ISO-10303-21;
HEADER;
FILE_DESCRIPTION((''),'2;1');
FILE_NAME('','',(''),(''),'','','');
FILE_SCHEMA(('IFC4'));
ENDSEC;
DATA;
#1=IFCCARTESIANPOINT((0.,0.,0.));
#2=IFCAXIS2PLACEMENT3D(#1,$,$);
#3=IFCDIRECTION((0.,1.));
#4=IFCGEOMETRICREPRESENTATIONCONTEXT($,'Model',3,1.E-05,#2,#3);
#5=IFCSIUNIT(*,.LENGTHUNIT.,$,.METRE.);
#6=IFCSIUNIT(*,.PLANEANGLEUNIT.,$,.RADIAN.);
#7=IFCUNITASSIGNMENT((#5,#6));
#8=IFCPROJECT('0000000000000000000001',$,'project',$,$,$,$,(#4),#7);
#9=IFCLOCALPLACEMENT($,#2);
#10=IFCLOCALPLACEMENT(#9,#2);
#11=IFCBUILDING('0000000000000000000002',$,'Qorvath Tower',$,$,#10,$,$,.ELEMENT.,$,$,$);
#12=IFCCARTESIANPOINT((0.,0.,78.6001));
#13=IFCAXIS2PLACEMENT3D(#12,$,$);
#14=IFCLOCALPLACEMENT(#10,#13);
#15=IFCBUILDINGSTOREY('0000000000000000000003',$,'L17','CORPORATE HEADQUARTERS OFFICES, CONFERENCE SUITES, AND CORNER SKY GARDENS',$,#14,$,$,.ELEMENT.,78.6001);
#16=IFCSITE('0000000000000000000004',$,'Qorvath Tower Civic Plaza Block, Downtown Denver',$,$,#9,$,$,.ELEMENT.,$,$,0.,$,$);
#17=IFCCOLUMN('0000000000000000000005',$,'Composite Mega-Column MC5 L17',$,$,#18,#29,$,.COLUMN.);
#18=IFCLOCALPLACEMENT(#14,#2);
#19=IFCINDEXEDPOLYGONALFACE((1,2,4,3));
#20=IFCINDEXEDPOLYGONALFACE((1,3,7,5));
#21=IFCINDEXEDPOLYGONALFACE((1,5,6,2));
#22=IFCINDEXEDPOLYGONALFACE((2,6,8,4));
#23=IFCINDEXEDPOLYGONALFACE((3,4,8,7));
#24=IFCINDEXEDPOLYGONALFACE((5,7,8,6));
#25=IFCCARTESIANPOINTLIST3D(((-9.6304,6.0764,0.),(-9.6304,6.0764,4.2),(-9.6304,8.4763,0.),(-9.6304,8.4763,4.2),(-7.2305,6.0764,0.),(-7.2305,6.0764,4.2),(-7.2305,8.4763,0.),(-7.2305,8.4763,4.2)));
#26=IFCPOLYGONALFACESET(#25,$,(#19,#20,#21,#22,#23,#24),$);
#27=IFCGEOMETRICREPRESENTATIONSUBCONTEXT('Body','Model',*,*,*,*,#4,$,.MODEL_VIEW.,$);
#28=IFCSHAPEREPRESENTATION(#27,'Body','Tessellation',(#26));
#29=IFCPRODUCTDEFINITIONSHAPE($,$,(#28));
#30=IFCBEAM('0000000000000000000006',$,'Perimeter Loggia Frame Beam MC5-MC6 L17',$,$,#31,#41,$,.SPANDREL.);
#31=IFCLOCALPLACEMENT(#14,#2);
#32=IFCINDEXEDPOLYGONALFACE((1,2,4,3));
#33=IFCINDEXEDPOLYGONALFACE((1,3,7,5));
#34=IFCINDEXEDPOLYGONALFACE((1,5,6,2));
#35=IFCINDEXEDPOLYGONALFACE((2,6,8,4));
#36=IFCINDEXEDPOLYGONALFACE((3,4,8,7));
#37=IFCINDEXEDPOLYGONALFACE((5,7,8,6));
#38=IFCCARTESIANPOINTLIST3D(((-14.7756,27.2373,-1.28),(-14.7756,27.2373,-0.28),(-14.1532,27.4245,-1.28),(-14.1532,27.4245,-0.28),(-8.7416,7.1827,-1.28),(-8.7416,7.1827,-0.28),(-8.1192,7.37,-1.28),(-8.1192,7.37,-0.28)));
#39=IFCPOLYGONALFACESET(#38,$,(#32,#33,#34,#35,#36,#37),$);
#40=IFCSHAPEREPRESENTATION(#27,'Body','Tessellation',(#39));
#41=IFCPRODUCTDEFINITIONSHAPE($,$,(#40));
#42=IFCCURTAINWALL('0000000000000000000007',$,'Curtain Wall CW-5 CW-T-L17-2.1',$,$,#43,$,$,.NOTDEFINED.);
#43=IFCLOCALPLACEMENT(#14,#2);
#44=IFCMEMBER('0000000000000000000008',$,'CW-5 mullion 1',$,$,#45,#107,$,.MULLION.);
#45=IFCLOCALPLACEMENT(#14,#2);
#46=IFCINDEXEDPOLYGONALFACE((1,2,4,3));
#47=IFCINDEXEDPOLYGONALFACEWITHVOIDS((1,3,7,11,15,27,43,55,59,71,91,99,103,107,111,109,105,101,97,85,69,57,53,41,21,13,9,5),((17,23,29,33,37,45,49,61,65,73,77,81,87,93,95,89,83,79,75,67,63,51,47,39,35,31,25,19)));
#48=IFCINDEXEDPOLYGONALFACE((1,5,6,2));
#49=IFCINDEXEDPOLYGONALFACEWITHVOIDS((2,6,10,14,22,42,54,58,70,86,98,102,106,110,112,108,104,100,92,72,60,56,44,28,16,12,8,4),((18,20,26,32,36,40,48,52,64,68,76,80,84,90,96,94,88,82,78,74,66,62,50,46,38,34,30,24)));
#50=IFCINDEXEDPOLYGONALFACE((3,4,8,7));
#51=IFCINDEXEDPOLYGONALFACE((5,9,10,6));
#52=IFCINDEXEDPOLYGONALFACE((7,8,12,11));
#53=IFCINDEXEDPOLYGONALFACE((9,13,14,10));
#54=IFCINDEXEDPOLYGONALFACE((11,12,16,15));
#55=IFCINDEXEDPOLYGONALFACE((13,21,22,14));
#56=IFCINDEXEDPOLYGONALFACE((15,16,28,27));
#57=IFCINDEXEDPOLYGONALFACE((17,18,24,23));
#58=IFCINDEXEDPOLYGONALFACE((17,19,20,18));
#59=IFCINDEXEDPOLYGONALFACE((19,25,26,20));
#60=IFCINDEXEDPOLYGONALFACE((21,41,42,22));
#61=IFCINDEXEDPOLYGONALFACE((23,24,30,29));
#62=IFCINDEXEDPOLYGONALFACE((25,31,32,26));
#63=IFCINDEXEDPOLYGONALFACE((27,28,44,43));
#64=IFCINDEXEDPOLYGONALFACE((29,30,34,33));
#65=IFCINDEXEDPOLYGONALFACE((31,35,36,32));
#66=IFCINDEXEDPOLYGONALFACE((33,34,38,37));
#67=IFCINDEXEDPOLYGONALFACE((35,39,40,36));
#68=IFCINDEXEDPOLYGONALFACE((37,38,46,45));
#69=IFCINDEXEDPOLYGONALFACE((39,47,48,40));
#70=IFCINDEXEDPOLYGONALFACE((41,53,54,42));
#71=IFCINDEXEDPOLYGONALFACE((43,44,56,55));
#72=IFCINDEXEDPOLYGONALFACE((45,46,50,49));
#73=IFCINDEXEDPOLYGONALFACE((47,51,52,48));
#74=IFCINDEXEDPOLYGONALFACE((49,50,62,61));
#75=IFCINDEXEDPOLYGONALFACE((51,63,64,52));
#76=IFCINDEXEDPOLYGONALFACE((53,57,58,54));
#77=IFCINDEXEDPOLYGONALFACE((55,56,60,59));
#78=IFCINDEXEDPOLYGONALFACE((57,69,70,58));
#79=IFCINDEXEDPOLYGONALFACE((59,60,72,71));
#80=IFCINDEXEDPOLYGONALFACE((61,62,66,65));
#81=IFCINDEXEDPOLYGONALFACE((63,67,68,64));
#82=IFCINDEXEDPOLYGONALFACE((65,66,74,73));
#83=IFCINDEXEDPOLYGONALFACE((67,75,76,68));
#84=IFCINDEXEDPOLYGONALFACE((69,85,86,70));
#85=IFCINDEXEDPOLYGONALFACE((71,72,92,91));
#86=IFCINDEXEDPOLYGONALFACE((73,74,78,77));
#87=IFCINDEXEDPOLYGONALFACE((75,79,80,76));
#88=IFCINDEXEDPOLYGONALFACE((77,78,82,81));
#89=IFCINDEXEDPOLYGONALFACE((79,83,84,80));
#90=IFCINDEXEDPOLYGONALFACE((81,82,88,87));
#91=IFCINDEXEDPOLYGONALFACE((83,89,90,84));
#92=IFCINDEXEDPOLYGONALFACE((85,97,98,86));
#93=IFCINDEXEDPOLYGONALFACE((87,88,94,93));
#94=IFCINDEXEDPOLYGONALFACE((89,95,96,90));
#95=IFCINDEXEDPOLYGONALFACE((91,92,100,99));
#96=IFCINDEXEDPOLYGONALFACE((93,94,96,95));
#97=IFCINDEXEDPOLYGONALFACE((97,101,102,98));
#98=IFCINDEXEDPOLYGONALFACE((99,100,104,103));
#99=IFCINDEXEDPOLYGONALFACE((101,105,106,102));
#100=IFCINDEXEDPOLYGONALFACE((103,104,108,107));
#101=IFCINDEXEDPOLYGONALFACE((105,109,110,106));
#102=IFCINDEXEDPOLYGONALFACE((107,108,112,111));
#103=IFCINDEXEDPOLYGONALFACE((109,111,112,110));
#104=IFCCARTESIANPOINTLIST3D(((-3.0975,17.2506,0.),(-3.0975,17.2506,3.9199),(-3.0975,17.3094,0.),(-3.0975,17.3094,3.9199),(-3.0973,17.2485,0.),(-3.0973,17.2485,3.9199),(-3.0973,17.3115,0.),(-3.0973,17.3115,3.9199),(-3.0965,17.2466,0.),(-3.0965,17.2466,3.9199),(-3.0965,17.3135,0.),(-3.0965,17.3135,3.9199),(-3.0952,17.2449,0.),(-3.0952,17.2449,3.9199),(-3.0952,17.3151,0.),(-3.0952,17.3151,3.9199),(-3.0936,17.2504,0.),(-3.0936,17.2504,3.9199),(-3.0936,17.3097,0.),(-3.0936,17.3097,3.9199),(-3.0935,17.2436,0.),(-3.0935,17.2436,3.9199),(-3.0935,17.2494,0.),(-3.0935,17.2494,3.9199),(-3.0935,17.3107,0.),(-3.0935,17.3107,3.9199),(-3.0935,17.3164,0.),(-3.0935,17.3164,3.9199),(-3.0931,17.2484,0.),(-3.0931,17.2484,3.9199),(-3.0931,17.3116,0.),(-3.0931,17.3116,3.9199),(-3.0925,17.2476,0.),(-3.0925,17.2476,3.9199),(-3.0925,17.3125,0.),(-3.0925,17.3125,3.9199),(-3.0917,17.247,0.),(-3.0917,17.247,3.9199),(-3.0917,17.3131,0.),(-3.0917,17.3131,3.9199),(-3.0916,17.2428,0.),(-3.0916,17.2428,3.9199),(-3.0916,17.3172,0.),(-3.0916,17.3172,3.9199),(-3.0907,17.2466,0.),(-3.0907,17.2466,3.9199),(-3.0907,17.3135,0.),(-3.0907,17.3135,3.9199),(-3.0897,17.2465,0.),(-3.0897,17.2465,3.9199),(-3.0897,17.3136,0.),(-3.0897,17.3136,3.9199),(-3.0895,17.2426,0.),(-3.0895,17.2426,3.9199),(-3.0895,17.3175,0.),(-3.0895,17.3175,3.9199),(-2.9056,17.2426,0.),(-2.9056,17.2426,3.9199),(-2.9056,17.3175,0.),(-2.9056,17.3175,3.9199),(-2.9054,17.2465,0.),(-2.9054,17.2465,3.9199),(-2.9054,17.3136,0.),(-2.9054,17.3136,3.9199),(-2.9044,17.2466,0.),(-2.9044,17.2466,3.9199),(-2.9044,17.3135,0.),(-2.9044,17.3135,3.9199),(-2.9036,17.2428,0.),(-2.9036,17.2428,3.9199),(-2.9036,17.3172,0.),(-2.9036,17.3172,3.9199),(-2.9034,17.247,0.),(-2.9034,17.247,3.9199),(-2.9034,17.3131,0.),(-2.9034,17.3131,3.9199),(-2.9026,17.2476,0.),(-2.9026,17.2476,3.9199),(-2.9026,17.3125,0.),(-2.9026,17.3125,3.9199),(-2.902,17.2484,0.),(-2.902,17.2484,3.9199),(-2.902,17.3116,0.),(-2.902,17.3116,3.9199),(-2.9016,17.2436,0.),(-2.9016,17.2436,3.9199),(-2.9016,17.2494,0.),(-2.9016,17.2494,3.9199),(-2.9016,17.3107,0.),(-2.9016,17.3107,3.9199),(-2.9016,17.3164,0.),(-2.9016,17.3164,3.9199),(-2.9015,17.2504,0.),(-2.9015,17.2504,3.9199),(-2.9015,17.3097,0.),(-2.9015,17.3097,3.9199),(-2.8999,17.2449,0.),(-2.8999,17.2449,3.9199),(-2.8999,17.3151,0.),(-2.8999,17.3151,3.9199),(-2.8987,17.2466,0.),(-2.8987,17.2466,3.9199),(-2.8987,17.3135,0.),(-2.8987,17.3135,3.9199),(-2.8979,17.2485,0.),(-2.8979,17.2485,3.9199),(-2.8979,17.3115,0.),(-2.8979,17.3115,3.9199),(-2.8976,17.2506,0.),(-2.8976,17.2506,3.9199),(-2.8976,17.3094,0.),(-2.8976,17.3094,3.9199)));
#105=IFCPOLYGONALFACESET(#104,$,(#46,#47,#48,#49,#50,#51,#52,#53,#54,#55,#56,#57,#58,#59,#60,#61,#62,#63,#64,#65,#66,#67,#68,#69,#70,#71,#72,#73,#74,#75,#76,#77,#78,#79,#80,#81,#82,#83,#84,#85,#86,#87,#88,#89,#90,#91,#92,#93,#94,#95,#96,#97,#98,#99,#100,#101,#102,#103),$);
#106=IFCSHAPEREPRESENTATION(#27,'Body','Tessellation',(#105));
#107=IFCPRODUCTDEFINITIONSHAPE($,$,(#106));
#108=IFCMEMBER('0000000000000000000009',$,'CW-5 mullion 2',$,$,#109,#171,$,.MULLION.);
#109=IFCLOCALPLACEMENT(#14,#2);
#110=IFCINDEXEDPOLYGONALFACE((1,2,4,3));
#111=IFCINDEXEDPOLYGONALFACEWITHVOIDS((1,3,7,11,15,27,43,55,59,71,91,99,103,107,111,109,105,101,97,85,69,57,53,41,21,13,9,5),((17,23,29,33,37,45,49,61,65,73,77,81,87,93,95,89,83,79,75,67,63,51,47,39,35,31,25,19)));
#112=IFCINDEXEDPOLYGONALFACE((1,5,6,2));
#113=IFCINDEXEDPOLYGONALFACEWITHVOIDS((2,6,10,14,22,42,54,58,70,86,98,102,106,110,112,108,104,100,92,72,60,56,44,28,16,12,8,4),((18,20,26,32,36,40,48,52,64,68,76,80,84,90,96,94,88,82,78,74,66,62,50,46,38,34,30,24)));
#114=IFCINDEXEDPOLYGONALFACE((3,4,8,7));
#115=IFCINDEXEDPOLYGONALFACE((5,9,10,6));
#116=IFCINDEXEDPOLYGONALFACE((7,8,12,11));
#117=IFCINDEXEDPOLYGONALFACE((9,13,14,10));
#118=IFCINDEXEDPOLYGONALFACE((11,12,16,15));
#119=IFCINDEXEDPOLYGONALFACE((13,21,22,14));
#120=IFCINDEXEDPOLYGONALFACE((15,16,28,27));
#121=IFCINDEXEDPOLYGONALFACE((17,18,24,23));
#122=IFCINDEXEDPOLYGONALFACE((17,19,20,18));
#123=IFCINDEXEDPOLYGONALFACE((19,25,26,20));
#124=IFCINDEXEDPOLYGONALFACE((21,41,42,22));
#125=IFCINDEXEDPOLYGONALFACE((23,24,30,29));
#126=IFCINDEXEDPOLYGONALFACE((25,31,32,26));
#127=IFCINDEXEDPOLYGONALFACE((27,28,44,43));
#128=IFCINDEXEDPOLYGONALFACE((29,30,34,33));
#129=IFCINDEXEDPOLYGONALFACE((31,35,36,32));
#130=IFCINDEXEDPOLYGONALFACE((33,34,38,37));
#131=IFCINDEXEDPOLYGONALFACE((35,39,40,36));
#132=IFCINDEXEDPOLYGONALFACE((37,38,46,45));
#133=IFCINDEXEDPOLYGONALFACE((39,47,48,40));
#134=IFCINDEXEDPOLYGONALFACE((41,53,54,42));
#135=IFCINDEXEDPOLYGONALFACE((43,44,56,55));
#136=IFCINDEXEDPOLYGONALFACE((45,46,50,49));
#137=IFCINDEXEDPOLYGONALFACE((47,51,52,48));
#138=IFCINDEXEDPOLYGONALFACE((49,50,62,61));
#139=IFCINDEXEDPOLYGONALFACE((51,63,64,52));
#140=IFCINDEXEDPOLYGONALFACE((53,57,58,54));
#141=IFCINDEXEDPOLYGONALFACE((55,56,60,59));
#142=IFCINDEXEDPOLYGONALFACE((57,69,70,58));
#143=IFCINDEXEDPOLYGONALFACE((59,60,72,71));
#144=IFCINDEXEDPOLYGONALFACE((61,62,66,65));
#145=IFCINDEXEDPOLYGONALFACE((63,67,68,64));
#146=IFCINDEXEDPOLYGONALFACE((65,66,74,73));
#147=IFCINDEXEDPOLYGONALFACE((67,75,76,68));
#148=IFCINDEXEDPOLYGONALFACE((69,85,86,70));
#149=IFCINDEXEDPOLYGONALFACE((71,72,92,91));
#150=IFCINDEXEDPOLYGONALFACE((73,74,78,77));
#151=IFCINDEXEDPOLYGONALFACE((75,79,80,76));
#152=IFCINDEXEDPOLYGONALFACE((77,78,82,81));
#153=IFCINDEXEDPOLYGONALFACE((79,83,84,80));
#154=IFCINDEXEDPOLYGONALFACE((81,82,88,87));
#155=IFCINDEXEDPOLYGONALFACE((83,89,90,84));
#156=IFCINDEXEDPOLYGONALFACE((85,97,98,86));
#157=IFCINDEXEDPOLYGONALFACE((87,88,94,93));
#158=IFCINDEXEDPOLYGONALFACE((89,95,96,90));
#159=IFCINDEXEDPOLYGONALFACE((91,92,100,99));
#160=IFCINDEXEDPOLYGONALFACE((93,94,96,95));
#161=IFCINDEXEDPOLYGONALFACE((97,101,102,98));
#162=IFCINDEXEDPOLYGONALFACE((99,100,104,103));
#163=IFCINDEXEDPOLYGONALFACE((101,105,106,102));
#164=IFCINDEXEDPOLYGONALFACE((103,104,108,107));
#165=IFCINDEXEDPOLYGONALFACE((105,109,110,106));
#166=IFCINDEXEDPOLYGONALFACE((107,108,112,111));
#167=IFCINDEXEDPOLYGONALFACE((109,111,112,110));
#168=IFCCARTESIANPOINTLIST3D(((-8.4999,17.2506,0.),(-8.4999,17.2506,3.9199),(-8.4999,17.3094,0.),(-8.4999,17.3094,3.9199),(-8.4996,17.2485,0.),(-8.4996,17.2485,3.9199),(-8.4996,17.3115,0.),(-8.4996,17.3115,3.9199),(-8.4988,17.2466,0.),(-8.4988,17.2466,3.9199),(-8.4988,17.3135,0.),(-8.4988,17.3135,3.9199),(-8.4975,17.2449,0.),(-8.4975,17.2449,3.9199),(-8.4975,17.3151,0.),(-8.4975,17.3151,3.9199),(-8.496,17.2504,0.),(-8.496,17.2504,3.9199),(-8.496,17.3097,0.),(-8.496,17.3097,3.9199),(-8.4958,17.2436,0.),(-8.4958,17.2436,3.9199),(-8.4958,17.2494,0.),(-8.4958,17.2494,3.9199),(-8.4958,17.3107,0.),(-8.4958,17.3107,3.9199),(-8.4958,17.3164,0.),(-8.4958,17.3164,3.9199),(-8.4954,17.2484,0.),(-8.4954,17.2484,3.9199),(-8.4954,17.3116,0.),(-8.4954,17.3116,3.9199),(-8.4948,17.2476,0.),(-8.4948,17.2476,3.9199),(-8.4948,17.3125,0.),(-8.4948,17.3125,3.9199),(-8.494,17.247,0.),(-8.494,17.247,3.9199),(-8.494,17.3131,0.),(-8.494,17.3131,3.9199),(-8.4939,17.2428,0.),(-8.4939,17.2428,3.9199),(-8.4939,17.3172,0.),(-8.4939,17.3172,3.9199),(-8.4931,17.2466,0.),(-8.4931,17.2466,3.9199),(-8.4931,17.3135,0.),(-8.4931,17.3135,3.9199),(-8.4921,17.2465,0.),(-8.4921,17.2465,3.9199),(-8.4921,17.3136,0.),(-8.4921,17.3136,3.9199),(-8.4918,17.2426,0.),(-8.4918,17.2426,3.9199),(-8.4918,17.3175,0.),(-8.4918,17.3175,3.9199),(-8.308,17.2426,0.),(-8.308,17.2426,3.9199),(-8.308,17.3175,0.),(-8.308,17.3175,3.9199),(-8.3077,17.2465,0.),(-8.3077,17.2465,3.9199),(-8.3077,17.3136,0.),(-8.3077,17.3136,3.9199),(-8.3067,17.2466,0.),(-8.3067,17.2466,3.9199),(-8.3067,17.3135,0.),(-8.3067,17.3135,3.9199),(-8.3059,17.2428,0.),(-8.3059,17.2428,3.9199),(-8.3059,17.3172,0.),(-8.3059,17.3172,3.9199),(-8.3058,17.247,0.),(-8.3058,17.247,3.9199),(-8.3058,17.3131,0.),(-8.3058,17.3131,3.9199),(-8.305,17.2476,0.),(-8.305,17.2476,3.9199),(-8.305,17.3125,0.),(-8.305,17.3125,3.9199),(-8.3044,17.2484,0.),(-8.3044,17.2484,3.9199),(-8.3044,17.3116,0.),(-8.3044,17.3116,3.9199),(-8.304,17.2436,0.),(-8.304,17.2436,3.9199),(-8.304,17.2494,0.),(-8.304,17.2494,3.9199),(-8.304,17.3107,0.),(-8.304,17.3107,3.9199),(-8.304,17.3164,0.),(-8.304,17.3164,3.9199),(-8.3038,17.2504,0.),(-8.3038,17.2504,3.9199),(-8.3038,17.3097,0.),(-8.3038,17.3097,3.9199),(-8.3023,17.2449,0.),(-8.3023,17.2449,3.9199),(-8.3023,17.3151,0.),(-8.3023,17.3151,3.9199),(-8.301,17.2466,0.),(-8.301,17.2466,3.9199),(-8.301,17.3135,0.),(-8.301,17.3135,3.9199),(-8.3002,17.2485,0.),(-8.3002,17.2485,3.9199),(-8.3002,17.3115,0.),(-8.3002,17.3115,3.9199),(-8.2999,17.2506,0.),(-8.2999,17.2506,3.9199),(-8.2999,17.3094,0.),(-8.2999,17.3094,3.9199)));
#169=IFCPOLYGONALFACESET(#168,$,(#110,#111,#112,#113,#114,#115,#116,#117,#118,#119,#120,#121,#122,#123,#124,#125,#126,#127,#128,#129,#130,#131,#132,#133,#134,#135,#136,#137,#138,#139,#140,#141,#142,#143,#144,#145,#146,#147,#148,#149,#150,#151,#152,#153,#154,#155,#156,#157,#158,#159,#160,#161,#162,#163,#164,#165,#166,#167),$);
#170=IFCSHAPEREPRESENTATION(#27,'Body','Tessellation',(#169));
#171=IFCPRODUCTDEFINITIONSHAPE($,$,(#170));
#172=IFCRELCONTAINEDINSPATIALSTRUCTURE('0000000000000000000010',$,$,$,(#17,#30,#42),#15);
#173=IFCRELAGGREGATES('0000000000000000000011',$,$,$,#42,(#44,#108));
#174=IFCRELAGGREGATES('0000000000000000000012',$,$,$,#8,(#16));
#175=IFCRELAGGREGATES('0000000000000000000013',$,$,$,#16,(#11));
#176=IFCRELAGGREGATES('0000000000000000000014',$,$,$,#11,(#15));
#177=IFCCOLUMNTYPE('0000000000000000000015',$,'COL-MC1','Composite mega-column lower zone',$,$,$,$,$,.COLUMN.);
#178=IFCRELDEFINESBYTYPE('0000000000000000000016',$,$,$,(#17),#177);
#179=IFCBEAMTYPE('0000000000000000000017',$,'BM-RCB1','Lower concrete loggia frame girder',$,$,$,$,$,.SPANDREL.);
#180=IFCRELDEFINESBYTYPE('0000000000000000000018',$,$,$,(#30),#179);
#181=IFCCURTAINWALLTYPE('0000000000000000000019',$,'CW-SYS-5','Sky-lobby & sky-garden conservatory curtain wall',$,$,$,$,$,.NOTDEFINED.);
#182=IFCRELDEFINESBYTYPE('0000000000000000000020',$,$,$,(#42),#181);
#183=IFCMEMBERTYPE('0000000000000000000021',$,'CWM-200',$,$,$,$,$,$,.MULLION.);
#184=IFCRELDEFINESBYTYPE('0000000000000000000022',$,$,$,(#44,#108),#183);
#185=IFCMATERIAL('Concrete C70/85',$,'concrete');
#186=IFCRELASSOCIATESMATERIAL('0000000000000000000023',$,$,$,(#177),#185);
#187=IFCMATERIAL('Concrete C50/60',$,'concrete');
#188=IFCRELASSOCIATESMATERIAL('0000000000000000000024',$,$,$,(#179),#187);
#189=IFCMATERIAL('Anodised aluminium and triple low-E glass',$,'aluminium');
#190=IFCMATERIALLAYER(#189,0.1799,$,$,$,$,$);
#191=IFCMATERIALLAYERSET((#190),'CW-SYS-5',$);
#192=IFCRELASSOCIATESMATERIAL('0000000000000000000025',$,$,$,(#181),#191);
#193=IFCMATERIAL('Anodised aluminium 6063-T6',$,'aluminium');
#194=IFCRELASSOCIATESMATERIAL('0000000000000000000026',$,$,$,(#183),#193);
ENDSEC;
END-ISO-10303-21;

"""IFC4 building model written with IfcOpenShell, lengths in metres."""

from ifc_helpers import new_model, si_unit, direction, frame, origin, origin_2d, place, context, subcontext, project, spatial, rectangle, hollow_rectangle, extrude, material, layer, layer_set, material_profile, profile_set, type_object, element, aggregate, save


model = new_model("IFC4")

# Units and contexts
model_context = context("Model", 3, precision=1e-05, world=origin(), true_north=direction((0.0, 1.0)))
body_context = subcontext(model_context, "Body", "Model", "MODEL_VIEW")
ifc_project = project(units=[si_unit("LENGTHUNIT", "METRE"), si_unit("PLANEANGLEUNIT", "RADIAN")], contexts=[model_context])

# Site, building, storey
site_placement = place(None, origin())
site = spatial("IfcSite", under=ifc_project, at=site_placement, Name="Qorvath Tower Civic Plaza Block, Downtown Denver", CompositionType="ELEMENT", RefElevation=0.0)
building_placement = place(site_placement, origin())
building = spatial("IfcBuilding", under=site, at=building_placement, Name="Qorvath Tower", CompositionType="ELEMENT")
storey_placement = place(building_placement, frame((0.0, 0.0, 78.6001)))
storey = spatial("IfcBuildingStorey", under=building, at=storey_placement, Name="L17", Description="CORPORATE HEADQUARTERS OFFICES, CONFERENCE SUITES, AND CORNER SKY GARDENS", CompositionType="ELEMENT", Elevation=78.6001)

# Column
ifc_material_1 = material(Name="Concrete C70/85", Category="concrete")
ifc_material_profile_1 = material_profile(ifc_material_1, rectangle(XDim=2.3999, YDim=2.3999, at=origin_2d()), Name="MC 2400x2400")
ifc_profile_set_1 = profile_set([ifc_material_profile_1], Name="Concrete C70/85")
column_type = type_object("IfcColumnType", Name="COL-MC1", Description="Composite mega-column lower zone", PredefinedType="COLUMN", material=ifc_profile_set_1)
column_placement = place(storey_placement, frame((-8.4304, 7.2764, 0.0), z_axis=(0.0, 0.0, 1.0), x_axis=(1.0, 0.0, 0.0)))
element("IfcColumn", 1, at=column_placement, inside=storey, type_object=column_type, Name="Composite Mega-Column MC5 L17", PredefinedType="COLUMN", context=body_context, shape_type="SweptSolid", body=[
    extrude(rectangle(XDim=2.3999, YDim=2.3999, at=origin_2d()), origin(), (0.0, 0.0, 1.0), 4.2),
])

# Beam
ifc_material_2 = material(Name="Concrete C50/60", Category="concrete")
ifc_material_profile_2 = material_profile(ifc_material_2, rectangle(XDim=0.6499, YDim=1.0, at=origin_2d()), Name="RCB 1000x650")
ifc_profile_set_2 = profile_set([ifc_material_profile_2], Name="Concrete C50/60")
beam_type = type_object("IfcBeamType", Name="BM-RCB1", Description="Lower concrete loggia frame girder", PredefinedType="SPANDREL", material=ifc_profile_set_2)
beam_placement = place(storey_placement, frame((-8.4304, 7.2764, -0.78), z_axis=(-0.288119, 0.957595, 0.0), x_axis=(-0.957595, -0.288119, 0.0)))
element("IfcBeam", 2, at=beam_placement, inside=storey, type_object=beam_type, Name="Perimeter Loggia Frame Beam MC5-MC6 L17", PredefinedType="SPANDREL", context=body_context, shape_type="SweptSolid", body=[
    extrude(rectangle(XDim=0.6499, YDim=1.0, at=origin_2d()), origin(), (0.0, 0.0, 1.0), 20.9426),
])

# Curtain wall, members
ifc_material_3 = material(Name="Anodised aluminium and triple low-E glass", Category="aluminium")
ifc_layer_1 = layer(ifc_material_3, 0.1799)
ifc_layer_set_1 = layer_set([ifc_layer_1], Name="CW-SYS-5")
curtain_wall_type = type_object("IfcCurtainWallType", Name="CW-SYS-5", Description="Sky-lobby & sky-garden conservatory curtain wall", PredefinedType="NOTDEFINED", material=ifc_layer_set_1)
curtain_wall_1_placement = place(storey_placement, origin())
curtain_wall_1 = element("IfcCurtainWall", 3, at=curtain_wall_1_placement, inside=storey, type_object=curtain_wall_type, Name="Curtain Wall CW-5 CW-T-L17-2.1", PredefinedType="NOTDEFINED")
ifc_material_4 = material(Name="Anodised aluminium 6063-T6", Category="aluminium")
ifc_material_profile_3 = material_profile(ifc_material_4, hollow_rectangle(XDim=0.075, YDim=0.2, WallThickness=0.0039, InnerFilletRadius=0.0039, OuterFilletRadius=0.0081, at=origin_2d()), Name="CWM 200x75")
ifc_profile_set_3 = profile_set([ifc_material_profile_3], Name="Anodised aluminium 6063-T6")
member_type_1 = type_object("IfcMemberType", Name="CWM-200", PredefinedType="MULLION", material=ifc_profile_set_3)
member_1_placement = place(storey_placement, frame((-2.9976, 17.28, 0.0), z_axis=(0.0, 0.0, 1.0), x_axis=(0.0, -1.0, 0.0)))
member_1 = element("IfcMember", 4, at=member_1_placement, type_object=member_type_1, Name="CW-5 mullion 1", PredefinedType="MULLION", context=body_context, shape_type="SweptSolid", body=[
    extrude(hollow_rectangle(XDim=0.075, YDim=0.2, WallThickness=0.0039, InnerFilletRadius=0.0039, OuterFilletRadius=0.0081, at=origin_2d()), origin(), (0.0, 0.0, 1.0), 3.9199),
])
member_2_placement = place(storey_placement, frame((-8.3999, 17.28, 0.0), z_axis=(0.0, 0.0, 1.0), x_axis=(0.0, -1.0, 0.0)))
member_2 = element("IfcMember", 5, at=member_2_placement, type_object=member_type_1, Name="CW-5 mullion 2", PredefinedType="MULLION", context=body_context, shape_type="SweptSolid", body=[
    extrude(hollow_rectangle(XDim=0.075, YDim=0.2, WallThickness=0.0039, InnerFilletRadius=0.0039, OuterFilletRadius=0.0081, at=origin_2d()), origin(), (0.0, 0.0, 1.0), 3.9199),
])

aggregate(curtain_wall_1, [member_1, member_2])

save(model, "model.ifc")
